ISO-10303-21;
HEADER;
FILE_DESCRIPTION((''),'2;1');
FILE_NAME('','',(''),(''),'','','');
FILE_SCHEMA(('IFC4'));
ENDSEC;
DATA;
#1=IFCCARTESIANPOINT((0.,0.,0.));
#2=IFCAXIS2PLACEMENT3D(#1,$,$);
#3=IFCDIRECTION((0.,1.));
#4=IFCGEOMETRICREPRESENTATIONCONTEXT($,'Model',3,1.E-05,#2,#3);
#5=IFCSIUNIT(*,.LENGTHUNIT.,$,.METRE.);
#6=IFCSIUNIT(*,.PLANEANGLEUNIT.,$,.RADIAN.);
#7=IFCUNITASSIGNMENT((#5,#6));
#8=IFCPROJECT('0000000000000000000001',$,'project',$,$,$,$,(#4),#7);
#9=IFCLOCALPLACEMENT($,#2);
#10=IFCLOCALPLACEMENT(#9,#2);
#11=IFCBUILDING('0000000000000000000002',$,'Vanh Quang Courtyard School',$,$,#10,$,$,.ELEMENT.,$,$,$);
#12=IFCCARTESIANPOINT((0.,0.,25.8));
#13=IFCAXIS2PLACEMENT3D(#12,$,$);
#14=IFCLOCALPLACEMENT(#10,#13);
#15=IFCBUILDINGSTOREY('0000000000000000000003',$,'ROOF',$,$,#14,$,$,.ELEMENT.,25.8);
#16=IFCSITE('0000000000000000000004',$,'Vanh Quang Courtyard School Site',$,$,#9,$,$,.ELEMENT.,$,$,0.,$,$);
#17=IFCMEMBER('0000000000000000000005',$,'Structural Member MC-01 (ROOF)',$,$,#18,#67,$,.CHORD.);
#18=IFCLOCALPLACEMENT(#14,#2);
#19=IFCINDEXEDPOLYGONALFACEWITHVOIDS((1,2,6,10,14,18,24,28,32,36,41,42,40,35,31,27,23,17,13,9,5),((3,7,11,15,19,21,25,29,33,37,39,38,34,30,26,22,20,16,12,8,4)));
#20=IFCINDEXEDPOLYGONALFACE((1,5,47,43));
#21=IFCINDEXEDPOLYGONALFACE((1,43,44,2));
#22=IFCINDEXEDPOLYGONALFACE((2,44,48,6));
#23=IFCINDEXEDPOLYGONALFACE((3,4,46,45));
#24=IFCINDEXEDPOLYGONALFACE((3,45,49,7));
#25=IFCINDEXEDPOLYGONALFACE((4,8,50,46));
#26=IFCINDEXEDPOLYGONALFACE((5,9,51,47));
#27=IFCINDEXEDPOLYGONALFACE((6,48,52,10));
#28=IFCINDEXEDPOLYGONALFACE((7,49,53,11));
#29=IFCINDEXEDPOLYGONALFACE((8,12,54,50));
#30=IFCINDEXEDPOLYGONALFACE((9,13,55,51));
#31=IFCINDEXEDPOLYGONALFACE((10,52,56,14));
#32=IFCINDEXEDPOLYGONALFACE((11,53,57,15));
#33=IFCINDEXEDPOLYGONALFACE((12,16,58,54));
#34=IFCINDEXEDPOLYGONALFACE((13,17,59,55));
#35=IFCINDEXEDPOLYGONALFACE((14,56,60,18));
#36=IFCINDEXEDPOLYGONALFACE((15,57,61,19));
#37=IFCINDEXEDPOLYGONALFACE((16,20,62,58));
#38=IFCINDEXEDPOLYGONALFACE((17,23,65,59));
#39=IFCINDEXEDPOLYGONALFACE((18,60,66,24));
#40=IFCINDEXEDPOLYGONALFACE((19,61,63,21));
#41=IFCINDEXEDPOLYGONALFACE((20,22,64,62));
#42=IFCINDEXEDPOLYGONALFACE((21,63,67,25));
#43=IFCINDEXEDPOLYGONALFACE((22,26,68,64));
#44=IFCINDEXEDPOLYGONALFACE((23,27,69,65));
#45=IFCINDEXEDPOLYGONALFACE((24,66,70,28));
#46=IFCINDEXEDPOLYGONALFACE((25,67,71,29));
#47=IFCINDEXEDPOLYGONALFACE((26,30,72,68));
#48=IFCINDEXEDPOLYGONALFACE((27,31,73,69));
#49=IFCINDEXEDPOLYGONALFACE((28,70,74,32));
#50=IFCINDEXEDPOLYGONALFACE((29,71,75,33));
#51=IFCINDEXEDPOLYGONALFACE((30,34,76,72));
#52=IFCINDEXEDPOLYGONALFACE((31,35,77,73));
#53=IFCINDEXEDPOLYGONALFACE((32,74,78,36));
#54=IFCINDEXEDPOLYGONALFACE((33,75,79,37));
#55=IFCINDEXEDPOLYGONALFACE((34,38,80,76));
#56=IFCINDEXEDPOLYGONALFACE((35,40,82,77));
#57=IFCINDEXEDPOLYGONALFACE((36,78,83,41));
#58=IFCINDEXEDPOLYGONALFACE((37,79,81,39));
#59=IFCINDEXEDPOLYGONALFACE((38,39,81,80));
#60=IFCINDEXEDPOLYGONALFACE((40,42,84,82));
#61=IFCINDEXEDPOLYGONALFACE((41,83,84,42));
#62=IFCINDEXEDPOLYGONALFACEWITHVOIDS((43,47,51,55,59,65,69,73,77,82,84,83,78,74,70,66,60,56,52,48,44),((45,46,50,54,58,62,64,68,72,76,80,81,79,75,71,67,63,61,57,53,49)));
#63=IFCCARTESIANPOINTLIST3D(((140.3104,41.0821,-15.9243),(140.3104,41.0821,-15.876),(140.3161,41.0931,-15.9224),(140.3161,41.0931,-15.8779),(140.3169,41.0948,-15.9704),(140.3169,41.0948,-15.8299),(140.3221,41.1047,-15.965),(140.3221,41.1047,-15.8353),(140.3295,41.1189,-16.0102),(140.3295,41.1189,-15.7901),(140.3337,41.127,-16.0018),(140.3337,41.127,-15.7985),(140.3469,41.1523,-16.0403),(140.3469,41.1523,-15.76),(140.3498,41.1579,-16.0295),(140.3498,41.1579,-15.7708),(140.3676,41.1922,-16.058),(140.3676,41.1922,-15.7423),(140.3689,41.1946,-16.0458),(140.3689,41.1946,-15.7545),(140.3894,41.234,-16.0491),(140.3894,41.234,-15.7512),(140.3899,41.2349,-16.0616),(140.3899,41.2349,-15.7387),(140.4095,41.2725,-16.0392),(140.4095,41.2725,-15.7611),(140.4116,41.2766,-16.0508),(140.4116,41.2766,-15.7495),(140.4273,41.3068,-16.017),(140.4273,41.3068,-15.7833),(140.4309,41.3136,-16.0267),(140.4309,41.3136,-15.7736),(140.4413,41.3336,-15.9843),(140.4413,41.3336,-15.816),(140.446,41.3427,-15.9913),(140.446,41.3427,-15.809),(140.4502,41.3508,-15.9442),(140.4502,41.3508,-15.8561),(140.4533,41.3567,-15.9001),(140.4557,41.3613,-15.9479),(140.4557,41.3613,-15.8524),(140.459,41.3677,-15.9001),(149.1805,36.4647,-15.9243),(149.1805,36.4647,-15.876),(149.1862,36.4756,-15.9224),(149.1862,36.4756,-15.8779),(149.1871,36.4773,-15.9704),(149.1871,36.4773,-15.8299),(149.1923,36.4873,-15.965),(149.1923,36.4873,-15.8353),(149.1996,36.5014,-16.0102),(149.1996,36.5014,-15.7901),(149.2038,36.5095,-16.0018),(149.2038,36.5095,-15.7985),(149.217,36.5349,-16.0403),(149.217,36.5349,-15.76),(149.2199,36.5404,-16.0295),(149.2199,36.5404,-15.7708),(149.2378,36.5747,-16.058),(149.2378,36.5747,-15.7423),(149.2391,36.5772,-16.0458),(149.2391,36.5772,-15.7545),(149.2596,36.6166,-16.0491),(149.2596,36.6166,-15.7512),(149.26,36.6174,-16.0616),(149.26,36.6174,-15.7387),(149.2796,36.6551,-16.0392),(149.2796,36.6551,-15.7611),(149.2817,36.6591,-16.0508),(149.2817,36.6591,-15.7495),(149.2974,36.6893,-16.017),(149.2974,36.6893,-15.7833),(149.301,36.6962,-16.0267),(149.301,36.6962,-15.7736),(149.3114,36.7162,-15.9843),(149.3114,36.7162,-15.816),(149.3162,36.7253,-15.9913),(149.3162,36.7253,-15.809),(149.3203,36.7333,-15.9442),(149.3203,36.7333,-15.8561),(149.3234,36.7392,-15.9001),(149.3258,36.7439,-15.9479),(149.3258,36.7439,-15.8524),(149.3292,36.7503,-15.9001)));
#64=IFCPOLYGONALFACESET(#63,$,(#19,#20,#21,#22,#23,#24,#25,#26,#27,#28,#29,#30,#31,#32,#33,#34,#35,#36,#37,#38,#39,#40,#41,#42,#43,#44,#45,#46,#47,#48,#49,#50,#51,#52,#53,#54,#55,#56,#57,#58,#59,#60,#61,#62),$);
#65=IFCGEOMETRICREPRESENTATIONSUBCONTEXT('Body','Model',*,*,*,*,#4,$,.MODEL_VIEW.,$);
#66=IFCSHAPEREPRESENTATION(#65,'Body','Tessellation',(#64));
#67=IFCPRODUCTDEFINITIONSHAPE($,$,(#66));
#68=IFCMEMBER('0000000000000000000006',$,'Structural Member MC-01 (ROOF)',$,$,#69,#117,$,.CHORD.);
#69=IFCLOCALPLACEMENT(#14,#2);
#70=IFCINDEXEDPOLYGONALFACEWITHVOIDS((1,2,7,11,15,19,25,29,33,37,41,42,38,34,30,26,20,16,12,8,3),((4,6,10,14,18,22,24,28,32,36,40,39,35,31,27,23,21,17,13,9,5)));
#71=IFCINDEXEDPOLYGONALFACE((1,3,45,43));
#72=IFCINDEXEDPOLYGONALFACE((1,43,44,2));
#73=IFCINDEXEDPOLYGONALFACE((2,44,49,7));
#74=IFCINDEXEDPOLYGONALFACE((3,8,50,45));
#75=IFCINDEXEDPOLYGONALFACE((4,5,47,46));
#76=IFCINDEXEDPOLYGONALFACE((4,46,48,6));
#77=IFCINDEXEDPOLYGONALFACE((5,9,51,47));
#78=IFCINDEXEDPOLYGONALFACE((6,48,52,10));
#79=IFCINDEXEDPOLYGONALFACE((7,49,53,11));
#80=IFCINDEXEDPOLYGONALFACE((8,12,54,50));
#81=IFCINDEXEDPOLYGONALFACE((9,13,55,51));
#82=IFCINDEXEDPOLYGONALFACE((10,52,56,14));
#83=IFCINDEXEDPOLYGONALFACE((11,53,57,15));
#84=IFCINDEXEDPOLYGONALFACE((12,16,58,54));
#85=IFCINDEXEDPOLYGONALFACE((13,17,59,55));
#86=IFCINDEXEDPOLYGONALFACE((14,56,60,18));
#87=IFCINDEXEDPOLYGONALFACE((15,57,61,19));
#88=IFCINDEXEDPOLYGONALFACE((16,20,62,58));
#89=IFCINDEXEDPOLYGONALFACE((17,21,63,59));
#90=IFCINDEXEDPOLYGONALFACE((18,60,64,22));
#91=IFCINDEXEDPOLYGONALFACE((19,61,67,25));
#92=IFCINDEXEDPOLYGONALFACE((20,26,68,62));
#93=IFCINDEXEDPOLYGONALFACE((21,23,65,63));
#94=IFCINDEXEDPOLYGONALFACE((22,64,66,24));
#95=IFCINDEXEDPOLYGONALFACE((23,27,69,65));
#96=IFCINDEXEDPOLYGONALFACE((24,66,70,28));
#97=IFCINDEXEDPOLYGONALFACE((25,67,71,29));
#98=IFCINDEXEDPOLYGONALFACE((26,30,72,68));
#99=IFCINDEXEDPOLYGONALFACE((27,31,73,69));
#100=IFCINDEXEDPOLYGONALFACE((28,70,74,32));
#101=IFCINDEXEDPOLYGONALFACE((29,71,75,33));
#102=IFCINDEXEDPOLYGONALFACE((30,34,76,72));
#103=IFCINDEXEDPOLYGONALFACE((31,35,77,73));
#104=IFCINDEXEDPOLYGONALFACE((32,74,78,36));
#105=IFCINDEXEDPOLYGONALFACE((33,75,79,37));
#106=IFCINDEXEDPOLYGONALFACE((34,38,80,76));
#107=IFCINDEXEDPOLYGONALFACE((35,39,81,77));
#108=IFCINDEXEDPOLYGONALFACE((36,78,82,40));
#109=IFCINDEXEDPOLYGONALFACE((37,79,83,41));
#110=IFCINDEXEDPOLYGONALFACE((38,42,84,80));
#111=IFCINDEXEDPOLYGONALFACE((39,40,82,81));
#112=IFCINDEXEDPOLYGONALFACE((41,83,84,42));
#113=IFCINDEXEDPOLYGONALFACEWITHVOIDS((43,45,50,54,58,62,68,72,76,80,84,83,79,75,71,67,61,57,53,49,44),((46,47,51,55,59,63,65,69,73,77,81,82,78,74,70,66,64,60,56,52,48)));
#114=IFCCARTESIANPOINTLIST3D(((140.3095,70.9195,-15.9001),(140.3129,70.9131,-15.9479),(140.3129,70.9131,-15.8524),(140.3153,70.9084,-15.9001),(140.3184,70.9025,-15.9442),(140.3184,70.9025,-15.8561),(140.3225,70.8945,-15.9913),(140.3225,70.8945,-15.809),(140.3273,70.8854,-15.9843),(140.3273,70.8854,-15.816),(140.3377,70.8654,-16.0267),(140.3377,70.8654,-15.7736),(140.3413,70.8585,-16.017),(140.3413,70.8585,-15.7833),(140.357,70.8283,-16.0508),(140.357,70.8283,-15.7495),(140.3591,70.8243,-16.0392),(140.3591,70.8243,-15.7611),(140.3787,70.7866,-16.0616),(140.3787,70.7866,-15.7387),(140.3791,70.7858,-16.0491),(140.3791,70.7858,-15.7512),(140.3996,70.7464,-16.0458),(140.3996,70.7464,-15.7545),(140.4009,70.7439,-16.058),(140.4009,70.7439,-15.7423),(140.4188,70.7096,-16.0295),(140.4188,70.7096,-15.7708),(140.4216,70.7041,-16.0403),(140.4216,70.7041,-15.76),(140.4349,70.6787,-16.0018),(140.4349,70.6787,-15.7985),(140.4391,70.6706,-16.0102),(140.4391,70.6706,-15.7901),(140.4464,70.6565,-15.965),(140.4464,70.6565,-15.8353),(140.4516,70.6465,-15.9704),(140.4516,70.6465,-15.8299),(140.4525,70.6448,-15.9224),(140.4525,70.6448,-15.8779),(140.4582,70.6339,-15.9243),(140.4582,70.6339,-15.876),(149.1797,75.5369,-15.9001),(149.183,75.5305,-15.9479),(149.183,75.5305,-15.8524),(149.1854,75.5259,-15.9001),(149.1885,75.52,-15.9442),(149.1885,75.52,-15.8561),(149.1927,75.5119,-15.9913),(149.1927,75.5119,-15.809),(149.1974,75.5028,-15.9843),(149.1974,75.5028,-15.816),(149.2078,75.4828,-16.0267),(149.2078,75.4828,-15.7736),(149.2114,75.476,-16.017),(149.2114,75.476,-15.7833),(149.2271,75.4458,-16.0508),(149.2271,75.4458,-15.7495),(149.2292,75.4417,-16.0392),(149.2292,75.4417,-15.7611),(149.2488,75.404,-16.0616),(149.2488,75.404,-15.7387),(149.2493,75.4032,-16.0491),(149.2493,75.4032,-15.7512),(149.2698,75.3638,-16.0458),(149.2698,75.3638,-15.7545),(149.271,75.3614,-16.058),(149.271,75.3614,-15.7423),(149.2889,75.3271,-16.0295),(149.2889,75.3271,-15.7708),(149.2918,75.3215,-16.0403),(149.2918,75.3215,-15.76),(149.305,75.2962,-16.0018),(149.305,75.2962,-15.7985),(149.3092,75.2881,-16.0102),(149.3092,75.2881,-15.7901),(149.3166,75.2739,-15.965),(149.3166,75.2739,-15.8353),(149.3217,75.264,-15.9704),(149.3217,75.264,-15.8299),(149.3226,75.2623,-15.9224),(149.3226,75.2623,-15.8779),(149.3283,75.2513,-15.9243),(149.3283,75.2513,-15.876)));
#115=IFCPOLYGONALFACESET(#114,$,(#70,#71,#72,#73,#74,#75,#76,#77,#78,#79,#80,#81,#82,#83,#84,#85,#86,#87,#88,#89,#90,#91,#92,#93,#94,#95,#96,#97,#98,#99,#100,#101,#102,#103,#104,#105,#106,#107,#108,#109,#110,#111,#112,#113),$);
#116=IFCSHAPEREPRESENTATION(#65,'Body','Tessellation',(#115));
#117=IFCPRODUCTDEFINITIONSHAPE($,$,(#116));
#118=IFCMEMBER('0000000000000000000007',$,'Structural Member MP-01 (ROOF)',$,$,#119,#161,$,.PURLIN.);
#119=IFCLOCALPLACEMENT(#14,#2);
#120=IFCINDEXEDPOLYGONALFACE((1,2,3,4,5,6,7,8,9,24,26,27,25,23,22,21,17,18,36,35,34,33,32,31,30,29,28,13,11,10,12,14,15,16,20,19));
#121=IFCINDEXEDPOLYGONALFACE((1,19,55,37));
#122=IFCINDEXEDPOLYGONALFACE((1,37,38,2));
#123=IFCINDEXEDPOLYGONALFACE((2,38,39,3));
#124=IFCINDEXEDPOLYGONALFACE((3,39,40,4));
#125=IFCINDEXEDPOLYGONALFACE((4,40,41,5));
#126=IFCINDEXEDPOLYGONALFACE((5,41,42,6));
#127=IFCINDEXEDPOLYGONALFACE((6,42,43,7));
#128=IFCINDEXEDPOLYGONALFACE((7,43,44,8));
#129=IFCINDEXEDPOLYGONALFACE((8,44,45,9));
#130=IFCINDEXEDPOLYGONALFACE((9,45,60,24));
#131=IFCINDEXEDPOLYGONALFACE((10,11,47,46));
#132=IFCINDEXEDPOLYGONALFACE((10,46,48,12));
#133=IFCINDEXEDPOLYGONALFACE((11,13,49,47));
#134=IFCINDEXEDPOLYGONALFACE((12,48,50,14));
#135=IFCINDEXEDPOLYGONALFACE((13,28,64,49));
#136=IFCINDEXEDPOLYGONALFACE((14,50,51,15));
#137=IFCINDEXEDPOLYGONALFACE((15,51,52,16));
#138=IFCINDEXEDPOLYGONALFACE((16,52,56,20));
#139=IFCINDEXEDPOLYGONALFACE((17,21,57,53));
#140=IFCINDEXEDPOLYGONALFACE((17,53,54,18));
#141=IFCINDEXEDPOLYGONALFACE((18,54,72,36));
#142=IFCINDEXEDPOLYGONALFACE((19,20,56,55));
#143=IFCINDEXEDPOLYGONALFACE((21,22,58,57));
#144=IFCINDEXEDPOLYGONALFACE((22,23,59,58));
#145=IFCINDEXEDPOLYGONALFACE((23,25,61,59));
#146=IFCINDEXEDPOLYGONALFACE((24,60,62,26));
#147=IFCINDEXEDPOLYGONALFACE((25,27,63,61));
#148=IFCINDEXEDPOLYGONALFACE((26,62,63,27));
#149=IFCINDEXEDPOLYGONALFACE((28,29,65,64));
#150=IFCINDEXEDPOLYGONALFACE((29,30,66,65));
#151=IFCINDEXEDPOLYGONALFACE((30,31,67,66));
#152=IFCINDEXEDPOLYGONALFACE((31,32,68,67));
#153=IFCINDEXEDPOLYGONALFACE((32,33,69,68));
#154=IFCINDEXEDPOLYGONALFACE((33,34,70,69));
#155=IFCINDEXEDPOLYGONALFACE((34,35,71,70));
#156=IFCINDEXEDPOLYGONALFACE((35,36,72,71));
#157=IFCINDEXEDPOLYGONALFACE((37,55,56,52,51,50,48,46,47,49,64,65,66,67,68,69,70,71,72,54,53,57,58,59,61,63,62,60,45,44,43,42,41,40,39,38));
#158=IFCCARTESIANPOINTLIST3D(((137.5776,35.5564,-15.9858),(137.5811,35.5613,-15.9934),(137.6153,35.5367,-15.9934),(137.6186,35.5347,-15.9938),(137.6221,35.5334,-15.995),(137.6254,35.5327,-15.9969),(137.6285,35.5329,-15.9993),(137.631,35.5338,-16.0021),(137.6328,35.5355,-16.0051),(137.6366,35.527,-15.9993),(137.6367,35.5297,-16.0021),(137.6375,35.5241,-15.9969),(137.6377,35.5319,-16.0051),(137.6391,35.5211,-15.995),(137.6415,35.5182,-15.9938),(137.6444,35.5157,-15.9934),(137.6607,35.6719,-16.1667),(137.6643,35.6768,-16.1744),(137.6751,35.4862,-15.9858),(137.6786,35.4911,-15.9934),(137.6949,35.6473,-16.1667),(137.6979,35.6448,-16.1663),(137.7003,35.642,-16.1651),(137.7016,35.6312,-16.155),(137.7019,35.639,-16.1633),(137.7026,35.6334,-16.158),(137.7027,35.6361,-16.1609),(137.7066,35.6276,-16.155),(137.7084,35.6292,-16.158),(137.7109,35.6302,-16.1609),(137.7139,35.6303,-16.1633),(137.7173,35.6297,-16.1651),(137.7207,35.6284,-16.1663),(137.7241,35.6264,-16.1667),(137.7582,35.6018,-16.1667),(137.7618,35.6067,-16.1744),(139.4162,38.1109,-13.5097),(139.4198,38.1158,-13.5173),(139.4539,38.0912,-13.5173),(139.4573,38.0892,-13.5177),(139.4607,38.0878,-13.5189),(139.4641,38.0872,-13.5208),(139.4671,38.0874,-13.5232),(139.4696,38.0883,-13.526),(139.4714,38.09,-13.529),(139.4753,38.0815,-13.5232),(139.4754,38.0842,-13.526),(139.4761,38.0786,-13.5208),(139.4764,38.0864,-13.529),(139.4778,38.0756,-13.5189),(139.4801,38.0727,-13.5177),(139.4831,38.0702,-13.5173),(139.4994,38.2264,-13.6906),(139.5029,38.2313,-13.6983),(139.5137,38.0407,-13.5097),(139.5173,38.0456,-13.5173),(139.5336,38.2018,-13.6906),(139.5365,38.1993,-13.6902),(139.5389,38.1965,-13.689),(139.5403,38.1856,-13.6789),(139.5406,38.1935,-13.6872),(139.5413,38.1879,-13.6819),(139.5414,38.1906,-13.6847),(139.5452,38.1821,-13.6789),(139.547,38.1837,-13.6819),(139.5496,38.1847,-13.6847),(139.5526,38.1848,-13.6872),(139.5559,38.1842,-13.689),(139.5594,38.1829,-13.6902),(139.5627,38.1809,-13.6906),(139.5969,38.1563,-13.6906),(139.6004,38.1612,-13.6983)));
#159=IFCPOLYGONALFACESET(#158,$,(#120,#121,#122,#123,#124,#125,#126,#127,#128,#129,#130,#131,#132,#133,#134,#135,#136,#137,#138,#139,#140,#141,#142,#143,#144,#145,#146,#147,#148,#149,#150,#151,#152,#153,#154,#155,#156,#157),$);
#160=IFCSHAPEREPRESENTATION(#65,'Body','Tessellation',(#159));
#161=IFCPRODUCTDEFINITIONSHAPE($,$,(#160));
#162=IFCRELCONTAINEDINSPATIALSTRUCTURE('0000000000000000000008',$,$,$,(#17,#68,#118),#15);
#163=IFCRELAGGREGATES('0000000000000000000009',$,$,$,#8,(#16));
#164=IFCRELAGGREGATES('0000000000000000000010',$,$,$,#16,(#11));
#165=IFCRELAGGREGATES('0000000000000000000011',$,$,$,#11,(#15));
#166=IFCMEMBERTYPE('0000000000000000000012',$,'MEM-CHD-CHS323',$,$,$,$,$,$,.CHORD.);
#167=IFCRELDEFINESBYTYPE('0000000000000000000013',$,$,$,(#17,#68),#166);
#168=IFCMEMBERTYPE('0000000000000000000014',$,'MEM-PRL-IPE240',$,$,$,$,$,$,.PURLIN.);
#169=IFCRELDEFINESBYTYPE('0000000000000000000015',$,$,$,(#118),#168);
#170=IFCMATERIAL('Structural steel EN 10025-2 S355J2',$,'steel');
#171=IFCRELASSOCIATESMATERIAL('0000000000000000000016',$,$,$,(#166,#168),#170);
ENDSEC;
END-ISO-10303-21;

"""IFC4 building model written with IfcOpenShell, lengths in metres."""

from ifc_helpers import new_model, si_unit, direction, frame, origin, origin_2d, place, context, subcontext, project, spatial, hollow_circle, i_section, extrude, material, material_profile, profile_set, type_object, element, save


model = new_model("IFC4")

# Units and contexts
model_context = context("Model", 3, precision=1e-05, world=origin(), true_north=direction((0.0, 1.0)))
body_context = subcontext(model_context, "Body", "Model", "MODEL_VIEW")
ifc_project = project(units=[si_unit("LENGTHUNIT", "METRE"), si_unit("PLANEANGLEUNIT", "RADIAN")], contexts=[model_context])

# Site, building, storey
site_placement = place(None, origin())
site = spatial("IfcSite", under=ifc_project, at=site_placement, Name="Vanh Quang Courtyard School Site", CompositionType="ELEMENT", RefElevation=0.0)
building_placement = place(site_placement, origin())
building = spatial("IfcBuilding", under=site, at=building_placement, Name="Vanh Quang Courtyard School", CompositionType="ELEMENT")
storey_placement = place(building_placement, frame((0.0, 0.0, 25.8)))
storey = spatial("IfcBuildingStorey", under=building, at=storey_placement, Name="ROOF", CompositionType="ELEMENT", Elevation=25.8)

# Shared definitions
ifc_material_1 = material(Name="Structural steel EN 10025-2 S355J2", Category="steel")

# Members
ifc_material_profile_1 = material_profile(ifc_material_1, hollow_circle(Radius=0.1619, WallThickness=0.0125, at=origin_2d()), Name="CHS 323.9x12.5")
ifc_profile_set_1 = profile_set([ifc_material_profile_1], Name="Structural steel EN 10025-2 S355J2")
member_type_1 = type_object("IfcMemberType", Name="MEM-CHD-CHS323", PredefinedType="CHORD", material=ifc_profile_set_1)
for number, where, z_axis, x_axis, name in (
    (1, (140.3843, 41.2241, -15.9001), (0.887013, -0.461744, 0.0), (0.461744, 0.887013, 0.0), "Structural Member MC-01 (ROOF)"),
    (2, (140.3843, 70.7759, -15.9001), (0.887013, 0.461744, 0.0), (-0.461744, 0.887013, 0.0), "Structural Member MC-01 (ROOF)"),
):
    element("IfcMember", number, at=place(storey_placement, frame(where, z_axis=z_axis, x_axis=x_axis)), inside=storey, type_object=member_type_1, Name=name, PredefinedType="CHORD", context=body_context, shape_type="SweptSolid", body=[
        extrude(hollow_circle(Radius=0.1619, WallThickness=0.0125, at=origin_2d()), origin(), (0.0, 0.0, 1.0), 10.0),
    ])
ifc_material_profile_2 = material_profile(ifc_material_1, i_section(OverallWidth=0.1201, OverallDepth=0.24, WebThickness=0.0061, FlangeThickness=0.0098, FilletRadius=0.0149, at=origin_2d()), Name="IPE 240")
ifc_profile_set_2 = profile_set([ifc_material_profile_2], Name="Structural steel EN 10025-2 S355J2")
member_type_2 = type_object("IfcMemberType", Name="MEM-PRL-IPE240", PredefinedType="PURLIN", material=ifc_profile_set_2)
member_1_placement = place(storey_placement, frame((137.6697, 35.5815, -16.0801), z_axis=(0.45913, 0.637881, 0.618311), x_axis=(-0.811621, 0.584184, 0.0)))
element("IfcMember", 3, at=member_1_placement, inside=storey, type_object=member_type_2, Name="Structural Member MP-01 (ROOF)", PredefinedType="PURLIN", context=body_context, shape_type="SweptSolid", body=[
    extrude(i_section(OverallWidth=0.1201, OverallDepth=0.24, WebThickness=0.0061, FlangeThickness=0.0098, FilletRadius=0.0149, at=origin_2d()), origin(), (0.0, 0.0, 1.0), 4.0046),
])

save(model, "model.ifc")
